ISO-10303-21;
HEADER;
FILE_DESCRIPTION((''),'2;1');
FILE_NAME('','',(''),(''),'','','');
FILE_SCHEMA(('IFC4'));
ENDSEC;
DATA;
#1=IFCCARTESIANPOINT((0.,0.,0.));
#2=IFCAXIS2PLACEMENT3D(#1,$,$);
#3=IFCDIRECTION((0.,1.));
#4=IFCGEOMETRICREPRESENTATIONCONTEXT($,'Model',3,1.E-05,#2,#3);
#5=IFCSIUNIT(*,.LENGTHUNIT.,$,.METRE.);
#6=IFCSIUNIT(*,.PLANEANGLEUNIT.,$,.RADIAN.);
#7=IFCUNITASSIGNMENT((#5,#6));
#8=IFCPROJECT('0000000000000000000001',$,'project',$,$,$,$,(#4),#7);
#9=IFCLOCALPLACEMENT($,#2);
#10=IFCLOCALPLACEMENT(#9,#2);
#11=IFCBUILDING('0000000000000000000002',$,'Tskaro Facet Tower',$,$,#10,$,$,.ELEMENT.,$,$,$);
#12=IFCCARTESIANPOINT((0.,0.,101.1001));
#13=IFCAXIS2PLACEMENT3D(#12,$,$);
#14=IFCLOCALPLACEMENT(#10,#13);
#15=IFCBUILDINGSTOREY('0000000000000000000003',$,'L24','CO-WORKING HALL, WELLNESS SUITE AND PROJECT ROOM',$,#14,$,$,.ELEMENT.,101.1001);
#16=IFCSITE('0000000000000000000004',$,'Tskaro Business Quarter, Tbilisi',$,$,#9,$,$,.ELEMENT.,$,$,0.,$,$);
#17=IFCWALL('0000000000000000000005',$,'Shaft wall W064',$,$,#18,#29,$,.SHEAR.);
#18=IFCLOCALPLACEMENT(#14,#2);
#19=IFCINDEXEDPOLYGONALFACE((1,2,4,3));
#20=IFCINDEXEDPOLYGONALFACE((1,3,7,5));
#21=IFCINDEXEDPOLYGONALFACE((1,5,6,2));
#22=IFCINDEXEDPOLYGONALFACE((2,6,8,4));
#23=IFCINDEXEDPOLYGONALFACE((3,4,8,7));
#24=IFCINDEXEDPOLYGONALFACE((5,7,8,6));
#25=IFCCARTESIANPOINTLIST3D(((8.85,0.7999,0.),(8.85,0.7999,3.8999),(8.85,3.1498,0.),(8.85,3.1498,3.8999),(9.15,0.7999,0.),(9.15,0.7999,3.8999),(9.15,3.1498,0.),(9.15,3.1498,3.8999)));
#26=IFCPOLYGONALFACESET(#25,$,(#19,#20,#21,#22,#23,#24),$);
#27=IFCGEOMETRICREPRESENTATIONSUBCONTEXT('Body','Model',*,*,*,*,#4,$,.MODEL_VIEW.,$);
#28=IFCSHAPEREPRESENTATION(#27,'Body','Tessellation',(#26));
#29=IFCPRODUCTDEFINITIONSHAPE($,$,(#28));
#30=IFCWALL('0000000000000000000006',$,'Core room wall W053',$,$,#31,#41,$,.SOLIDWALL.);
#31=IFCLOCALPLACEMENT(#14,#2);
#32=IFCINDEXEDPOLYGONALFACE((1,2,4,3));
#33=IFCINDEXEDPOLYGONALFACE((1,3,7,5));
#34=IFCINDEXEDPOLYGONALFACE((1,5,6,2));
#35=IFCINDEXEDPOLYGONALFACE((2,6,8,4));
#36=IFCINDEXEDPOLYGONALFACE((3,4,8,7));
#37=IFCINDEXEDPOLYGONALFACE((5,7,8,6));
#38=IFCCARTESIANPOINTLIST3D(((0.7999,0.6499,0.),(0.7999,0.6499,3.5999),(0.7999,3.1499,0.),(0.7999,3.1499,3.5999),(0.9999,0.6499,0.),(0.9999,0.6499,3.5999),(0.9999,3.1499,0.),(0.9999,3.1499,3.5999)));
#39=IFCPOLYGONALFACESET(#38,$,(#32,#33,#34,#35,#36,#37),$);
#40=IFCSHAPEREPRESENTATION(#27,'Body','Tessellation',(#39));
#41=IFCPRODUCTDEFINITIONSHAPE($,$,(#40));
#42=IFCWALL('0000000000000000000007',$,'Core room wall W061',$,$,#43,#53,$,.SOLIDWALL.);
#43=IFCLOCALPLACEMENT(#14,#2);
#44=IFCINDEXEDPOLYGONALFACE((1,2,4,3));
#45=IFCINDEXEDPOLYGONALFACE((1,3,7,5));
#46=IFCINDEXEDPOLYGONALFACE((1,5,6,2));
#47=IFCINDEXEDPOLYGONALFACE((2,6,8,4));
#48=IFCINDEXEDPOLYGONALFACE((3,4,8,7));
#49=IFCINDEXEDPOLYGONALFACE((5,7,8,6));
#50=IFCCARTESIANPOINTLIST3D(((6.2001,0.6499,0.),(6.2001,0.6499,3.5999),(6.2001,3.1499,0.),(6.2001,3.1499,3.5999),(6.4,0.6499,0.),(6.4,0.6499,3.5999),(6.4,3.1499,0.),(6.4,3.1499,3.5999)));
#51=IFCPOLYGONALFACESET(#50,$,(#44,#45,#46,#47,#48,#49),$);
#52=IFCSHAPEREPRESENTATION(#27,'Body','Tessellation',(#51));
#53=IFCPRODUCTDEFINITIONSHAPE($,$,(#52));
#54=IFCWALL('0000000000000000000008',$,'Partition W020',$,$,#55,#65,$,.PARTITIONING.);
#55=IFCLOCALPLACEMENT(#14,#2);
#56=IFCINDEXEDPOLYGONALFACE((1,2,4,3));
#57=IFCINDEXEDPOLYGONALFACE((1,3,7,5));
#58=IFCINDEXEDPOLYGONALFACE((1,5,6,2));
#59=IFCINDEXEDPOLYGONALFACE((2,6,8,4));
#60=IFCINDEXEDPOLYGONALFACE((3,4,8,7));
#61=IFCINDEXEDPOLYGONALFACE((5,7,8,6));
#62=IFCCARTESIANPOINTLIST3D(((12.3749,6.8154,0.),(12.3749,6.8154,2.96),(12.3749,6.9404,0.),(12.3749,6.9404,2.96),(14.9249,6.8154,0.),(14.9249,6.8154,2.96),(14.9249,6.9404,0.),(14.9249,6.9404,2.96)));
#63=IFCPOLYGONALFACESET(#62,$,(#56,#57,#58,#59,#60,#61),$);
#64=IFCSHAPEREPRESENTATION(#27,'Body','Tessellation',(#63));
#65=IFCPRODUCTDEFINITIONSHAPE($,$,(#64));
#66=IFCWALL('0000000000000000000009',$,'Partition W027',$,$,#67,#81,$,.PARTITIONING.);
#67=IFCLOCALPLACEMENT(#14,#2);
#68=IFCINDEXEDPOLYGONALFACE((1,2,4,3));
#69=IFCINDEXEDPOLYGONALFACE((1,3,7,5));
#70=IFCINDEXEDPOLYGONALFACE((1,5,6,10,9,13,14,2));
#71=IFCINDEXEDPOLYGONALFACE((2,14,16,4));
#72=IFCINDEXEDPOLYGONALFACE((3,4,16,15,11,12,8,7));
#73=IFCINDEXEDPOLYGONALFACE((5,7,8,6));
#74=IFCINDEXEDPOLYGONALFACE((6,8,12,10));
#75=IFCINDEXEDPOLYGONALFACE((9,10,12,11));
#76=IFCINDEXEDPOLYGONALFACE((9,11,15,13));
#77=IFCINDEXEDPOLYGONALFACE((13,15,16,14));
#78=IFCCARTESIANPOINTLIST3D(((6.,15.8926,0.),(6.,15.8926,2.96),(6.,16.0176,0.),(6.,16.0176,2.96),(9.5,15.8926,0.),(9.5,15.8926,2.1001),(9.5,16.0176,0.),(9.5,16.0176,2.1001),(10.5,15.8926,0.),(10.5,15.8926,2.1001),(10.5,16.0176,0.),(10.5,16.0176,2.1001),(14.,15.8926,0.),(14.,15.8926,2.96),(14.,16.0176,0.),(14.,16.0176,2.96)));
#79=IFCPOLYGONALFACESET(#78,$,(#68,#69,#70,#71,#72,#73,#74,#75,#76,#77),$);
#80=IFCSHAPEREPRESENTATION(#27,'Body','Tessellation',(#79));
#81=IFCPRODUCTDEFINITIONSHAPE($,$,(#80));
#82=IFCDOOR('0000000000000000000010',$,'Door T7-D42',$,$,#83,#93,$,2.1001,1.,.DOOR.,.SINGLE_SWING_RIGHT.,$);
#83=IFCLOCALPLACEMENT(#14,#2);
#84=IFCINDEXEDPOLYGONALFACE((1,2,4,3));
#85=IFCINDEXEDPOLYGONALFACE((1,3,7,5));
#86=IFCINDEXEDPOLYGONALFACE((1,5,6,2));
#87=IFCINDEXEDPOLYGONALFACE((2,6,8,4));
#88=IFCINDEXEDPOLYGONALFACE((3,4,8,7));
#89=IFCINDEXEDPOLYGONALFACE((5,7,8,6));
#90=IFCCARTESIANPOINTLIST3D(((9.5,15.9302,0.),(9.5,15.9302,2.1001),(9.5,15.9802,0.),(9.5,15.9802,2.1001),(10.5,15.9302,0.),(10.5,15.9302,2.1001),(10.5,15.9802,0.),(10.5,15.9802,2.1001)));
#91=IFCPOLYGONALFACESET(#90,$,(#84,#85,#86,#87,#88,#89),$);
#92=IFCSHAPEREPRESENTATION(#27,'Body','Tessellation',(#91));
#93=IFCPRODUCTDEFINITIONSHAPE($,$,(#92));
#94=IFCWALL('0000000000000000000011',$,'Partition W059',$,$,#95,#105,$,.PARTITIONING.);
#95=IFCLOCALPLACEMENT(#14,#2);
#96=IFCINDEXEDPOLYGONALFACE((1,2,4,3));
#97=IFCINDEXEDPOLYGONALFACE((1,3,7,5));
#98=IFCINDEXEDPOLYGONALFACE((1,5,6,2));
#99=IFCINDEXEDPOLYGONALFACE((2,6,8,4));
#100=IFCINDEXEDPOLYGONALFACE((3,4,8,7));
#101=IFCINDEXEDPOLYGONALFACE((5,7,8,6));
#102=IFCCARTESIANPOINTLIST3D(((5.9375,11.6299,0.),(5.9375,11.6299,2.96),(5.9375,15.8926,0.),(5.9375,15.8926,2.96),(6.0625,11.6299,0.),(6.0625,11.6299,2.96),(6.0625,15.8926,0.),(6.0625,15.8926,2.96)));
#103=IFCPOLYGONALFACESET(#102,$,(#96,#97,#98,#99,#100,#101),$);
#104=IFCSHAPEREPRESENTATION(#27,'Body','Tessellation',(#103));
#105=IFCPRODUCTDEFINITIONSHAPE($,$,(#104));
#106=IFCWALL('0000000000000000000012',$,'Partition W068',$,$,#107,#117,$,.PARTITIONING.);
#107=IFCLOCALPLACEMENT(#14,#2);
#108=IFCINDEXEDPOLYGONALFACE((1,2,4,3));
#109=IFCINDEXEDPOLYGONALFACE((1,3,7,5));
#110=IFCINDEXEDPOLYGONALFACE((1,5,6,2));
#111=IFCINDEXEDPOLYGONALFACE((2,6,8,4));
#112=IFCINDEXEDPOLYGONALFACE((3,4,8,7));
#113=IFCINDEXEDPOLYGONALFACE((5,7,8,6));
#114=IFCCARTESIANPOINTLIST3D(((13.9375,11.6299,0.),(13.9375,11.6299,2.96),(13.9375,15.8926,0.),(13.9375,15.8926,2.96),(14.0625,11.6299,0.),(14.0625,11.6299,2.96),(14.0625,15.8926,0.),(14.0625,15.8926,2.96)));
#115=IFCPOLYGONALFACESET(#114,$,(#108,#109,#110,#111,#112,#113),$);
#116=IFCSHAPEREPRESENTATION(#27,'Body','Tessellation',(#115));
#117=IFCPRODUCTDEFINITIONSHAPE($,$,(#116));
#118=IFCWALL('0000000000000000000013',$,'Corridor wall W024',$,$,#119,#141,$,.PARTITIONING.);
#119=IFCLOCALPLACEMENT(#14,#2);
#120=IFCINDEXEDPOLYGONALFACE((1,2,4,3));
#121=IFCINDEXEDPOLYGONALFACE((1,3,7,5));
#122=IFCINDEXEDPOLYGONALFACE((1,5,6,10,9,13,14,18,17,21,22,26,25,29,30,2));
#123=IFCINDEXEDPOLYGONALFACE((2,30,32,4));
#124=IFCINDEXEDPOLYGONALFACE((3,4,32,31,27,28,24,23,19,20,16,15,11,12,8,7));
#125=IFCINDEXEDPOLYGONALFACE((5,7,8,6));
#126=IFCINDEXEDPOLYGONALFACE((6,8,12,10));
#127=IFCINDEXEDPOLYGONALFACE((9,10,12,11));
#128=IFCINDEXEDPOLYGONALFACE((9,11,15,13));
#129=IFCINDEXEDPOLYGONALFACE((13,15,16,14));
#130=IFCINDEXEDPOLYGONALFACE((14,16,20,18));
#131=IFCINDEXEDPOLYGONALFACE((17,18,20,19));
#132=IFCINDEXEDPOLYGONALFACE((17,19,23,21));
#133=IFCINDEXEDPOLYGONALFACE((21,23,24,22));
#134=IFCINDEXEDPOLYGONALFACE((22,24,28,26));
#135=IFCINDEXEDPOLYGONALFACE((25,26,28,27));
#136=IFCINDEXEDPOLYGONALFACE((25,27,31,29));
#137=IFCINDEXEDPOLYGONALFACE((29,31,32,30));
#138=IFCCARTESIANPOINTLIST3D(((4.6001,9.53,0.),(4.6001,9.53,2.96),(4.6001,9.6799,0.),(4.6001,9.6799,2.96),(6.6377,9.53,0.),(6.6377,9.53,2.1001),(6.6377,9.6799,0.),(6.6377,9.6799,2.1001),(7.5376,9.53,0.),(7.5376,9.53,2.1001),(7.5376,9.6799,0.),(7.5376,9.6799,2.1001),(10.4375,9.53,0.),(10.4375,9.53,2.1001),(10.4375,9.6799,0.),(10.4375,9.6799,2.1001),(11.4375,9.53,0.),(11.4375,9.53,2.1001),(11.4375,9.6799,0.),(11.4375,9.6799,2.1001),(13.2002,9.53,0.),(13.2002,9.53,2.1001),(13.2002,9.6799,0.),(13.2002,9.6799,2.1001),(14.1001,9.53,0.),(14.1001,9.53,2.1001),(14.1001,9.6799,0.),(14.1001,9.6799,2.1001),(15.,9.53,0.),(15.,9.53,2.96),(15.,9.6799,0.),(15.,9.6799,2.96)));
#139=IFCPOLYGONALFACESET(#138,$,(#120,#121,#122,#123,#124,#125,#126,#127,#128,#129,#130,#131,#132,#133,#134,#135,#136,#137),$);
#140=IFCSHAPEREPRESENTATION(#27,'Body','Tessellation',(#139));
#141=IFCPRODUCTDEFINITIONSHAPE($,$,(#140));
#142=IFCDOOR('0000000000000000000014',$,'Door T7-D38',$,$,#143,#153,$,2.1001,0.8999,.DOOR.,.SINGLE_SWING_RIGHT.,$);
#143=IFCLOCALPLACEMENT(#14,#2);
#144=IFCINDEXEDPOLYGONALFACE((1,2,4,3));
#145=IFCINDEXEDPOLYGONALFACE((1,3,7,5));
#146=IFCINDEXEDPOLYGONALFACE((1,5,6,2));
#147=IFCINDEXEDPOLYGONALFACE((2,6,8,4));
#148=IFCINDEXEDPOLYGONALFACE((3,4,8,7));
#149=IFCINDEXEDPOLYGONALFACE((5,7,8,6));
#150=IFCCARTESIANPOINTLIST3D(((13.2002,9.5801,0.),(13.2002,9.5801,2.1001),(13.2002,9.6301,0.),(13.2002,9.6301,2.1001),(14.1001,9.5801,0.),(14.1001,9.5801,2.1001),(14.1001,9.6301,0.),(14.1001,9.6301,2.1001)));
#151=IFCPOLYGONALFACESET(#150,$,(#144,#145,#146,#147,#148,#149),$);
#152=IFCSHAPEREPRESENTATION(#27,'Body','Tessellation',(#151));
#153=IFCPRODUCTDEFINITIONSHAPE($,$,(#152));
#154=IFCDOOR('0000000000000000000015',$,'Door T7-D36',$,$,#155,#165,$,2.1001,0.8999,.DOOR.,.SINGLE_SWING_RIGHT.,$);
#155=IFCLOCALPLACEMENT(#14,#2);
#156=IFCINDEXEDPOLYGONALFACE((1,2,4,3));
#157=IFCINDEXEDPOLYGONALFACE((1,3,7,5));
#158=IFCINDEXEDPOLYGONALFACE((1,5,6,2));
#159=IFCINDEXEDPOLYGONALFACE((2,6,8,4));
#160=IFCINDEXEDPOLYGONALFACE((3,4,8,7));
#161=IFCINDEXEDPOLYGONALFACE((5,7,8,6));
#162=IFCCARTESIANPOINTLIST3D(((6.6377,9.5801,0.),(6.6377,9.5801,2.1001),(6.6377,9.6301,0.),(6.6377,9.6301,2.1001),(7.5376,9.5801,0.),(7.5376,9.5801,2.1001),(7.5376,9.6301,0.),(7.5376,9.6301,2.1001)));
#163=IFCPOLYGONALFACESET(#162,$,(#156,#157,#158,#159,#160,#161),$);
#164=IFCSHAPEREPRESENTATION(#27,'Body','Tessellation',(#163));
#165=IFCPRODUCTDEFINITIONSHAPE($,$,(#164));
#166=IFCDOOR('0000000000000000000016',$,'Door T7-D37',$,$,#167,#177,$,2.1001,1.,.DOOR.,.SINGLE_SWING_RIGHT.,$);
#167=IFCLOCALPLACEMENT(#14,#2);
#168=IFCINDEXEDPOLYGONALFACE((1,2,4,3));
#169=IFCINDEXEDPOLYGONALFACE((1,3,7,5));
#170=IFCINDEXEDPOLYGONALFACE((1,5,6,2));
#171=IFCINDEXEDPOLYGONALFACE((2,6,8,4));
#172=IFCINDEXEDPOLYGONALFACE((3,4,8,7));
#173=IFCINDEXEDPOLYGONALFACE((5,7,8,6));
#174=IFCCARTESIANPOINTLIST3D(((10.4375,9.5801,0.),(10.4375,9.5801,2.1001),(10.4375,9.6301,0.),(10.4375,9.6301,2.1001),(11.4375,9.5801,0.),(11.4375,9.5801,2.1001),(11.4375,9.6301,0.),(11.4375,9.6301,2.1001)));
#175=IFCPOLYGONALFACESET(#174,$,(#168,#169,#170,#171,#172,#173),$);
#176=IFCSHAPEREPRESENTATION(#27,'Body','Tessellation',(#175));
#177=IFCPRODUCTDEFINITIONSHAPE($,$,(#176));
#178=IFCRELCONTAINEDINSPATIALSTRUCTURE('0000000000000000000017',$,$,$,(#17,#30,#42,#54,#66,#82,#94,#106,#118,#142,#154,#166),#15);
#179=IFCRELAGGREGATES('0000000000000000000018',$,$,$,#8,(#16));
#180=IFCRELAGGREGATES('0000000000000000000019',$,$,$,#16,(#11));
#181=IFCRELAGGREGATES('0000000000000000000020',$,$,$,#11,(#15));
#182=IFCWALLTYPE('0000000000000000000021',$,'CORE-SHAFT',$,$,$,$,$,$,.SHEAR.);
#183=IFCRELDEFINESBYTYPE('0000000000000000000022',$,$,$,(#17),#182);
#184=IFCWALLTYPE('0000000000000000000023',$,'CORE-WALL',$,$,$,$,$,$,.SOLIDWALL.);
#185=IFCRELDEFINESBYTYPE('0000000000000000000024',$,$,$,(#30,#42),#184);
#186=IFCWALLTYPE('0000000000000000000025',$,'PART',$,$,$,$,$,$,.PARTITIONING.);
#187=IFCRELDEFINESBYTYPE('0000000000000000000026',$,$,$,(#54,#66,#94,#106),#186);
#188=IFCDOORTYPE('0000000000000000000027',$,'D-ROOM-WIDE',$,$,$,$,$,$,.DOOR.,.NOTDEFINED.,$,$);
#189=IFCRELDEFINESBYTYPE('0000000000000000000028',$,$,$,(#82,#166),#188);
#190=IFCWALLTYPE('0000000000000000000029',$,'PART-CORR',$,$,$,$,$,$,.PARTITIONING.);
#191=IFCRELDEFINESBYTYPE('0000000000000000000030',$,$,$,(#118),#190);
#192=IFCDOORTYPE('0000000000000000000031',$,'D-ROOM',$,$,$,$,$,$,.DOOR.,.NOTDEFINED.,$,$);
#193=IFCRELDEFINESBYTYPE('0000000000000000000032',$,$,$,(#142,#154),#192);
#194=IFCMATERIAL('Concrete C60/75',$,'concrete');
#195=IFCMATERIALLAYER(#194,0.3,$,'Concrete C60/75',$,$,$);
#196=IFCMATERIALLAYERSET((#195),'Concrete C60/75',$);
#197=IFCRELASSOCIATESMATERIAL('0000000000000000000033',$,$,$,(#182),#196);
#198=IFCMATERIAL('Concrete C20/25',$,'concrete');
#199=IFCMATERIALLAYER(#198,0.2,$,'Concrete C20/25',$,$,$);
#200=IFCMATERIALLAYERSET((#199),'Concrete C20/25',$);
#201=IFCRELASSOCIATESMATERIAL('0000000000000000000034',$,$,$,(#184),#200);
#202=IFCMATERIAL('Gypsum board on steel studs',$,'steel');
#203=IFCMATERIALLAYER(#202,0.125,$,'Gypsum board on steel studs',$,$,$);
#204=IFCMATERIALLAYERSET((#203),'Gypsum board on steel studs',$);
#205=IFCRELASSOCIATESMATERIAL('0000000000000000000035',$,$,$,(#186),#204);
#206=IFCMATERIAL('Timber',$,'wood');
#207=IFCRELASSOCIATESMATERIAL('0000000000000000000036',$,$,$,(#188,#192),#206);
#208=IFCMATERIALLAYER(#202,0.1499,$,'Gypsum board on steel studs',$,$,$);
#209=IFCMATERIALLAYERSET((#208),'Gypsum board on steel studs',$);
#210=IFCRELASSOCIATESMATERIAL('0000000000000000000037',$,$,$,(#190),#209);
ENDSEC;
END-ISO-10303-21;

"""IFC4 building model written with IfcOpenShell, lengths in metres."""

from ifc_helpers import new_model, si_unit, direction, frame, frame_2d, origin, place, context, subcontext, project, spatial, rectangle, extrude, material, layer, layer_set, type_object, element, fill, save


model = new_model("IFC4")

# Units and contexts
model_context = context("Model", 3, precision=1e-05, world=origin(), true_north=direction((0.0, 1.0)))
body_context = subcontext(model_context, "Body", "Model", "MODEL_VIEW")
ifc_project = project(units=[si_unit("LENGTHUNIT", "METRE"), si_unit("PLANEANGLEUNIT", "RADIAN")], contexts=[model_context])

# Site, building, storey
site_placement = place(None, origin())
site = spatial("IfcSite", under=ifc_project, at=site_placement, Name="Tskaro Business Quarter, Tbilisi", CompositionType="ELEMENT", RefElevation=0.0)
building_placement = place(site_placement, origin())
building = spatial("IfcBuilding", under=site, at=building_placement, Name="Tskaro Facet Tower", CompositionType="ELEMENT")
storey_placement = place(building_placement, frame((0.0, 0.0, 101.1001)))
storey = spatial("IfcBuildingStorey", under=building, at=storey_placement, Name="L24", Description="CO-WORKING HALL, WELLNESS SUITE AND PROJECT ROOM", CompositionType="ELEMENT", Elevation=101.1001)

# Walls
ifc_material_1 = material(Name="Concrete C60/75", Category="concrete")
ifc_layer_1 = layer(ifc_material_1, 0.3, Name="Concrete C60/75")
ifc_layer_set_1 = layer_set([ifc_layer_1], Name="Concrete C60/75")
wall_type_1 = type_object("IfcWallType", Name="CORE-SHAFT", PredefinedType="SHEAR", material=ifc_layer_set_1)
wall_1_placement = place(storey_placement, frame((9.0, 0.8, 0.0), z_axis=(0.0, 0.0, 1.0), x_axis=(0.0, 1.0, 0.0)))
element("IfcWall", 1, at=wall_1_placement, inside=storey, type_object=wall_type_1, Name="Shaft wall W064", PredefinedType="SHEAR", context=body_context, shape_type="SweptSolid", body=[
    extrude(rectangle(XDim=2.3499, YDim=0.3, at=frame_2d((1.1748, 0.0))), origin(), (0.0, 0.0, 1.0), 3.8999),
])
ifc_material_2 = material(Name="Concrete C20/25", Category="concrete")
ifc_layer_2 = layer(ifc_material_2, 0.2, Name="Concrete C20/25")
ifc_layer_set_2 = layer_set([ifc_layer_2], Name="Concrete C20/25")
wall_type_2 = type_object("IfcWallType", Name="CORE-WALL", PredefinedType="SOLIDWALL", material=ifc_layer_set_2)
for number, where, z_axis, x_axis, name in (
    (2, (0.8999, 0.6499, 0.0), (0.0, 0.0, 1.0), (0.0, 1.0, 0.0), "Core room wall W053"),
    (3, (6.3, 0.6499, 0.0), (0.0, 0.0, 1.0), (0.0, 1.0, 0.0), "Core room wall W061"),
):
    element("IfcWall", number, at=place(storey_placement, frame(where, z_axis=z_axis, x_axis=x_axis)), inside=storey, type_object=wall_type_2, Name=name, PredefinedType="SOLIDWALL", context=body_context, shape_type="SweptSolid", body=[
        extrude(rectangle(XDim=2.5, YDim=0.2, at=frame_2d((1.25, 0.0))), origin(), (0.0, 0.0, 1.0), 3.5999),
    ])
ifc_material_3 = material(Name="Gypsum board on steel studs", Category="steel")
ifc_layer_3 = layer(ifc_material_3, 0.125, Name="Gypsum board on steel studs")
ifc_layer_set_3 = layer_set([ifc_layer_3], Name="Gypsum board on steel studs")
wall_type_3 = type_object("IfcWallType", Name="PART", PredefinedType="PARTITIONING", material=ifc_layer_set_3)
wall_2_placement = place(storey_placement, frame((12.375, 6.8779, 0.0), z_axis=(0.0, 0.0, 1.0), x_axis=(1.0, 0.0, 0.0)))
element("IfcWall", 4, at=wall_2_placement, inside=storey, type_object=wall_type_3, Name="Partition W020", PredefinedType="PARTITIONING", context=body_context, shape_type="SweptSolid", body=[
    extrude(rectangle(XDim=2.55, YDim=0.125, at=frame_2d((1.2749, 0.0))), origin(), (0.0, 0.0, 1.0), 2.96),
])

# Wall, opening, door
wall_3_placement = place(storey_placement, frame((14.0, 15.9551, 0.0), z_axis=(0.0, 0.0, 1.0), x_axis=(-1.0, 0.0, 0.0)))
wall_3 = element("IfcWall", 5, at=wall_3_placement, inside=storey, type_object=wall_type_3, Name="Partition W027", PredefinedType="PARTITIONING", context=body_context, shape_type="SweptSolid", body=[
    extrude(rectangle(XDim=8.0, YDim=0.125, at=frame_2d((4.0, 0.0))), origin(), (0.0, 0.0, 1.0), 2.96),
])
opening_1_placement = place(wall_3_placement, frame((3.5, 0.0, 0.0)))
opening_1 = element("IfcOpeningElement", 6, at=opening_1_placement, cuts=wall_3, PredefinedType="OPENING", context=body_context, shape_type="SweptSolid", body=[
    extrude(rectangle(XDim=1.0, YDim=2.1001, at=frame_2d((0.5, 1.05))), frame((0.0, 0.0725, 0.0), z_axis=(0.0, -1.0, 0.0), x_axis=(1.0, 0.0, 0.0)), (0.0, 0.0, 1.0), 0.145),
])
ifc_material_4 = material(Name="Timber", Category="wood")
door_type_1 = type_object("IfcDoorType", Name="D-ROOM-WIDE", OperationType="NOTDEFINED", PredefinedType="DOOR", material=ifc_material_4)
door_1_placement = place(opening_1_placement, origin())
door_1 = element("IfcDoor", 7, at=door_1_placement, inside=storey, type_object=door_type_1, Name="Door T7-D42", OperationType="SINGLE_SWING_RIGHT", OverallHeight=2.1001, OverallWidth=1.0, PredefinedType="DOOR", context=body_context, shape_type="SweptSolid", body=[
    extrude(rectangle(XDim=1.0, YDim=2.1001, at=frame_2d((0.5, 1.05))), frame((0.0, 0.0249, 0.0), z_axis=(0.0, -1.0, 0.0), x_axis=(1.0, 0.0, 0.0)), (0.0, 0.0, 1.0), 0.05),
])
fill(opening_1, door_1)

# Walls
for number, where, z_axis, x_axis, name in (
    (8, (6.0, 11.6299, 0.0), (0.0, 0.0, 1.0), (0.0, 1.0, 0.0), "Partition W059"),
    (9, (14.0, 11.6299, 0.0), (0.0, 0.0, 1.0), (0.0, 1.0, 0.0), "Partition W068"),
):
    element("IfcWall", number, at=place(storey_placement, frame(where, z_axis=z_axis, x_axis=x_axis)), inside=storey, type_object=wall_type_3, Name=name, PredefinedType="PARTITIONING", context=body_context, shape_type="SweptSolid", body=[
        extrude(rectangle(XDim=4.2627, YDim=0.125, at=frame_2d((2.1313, 0.0))), origin(), (0.0, 0.0, 1.0), 2.96),
    ])

# Wall, openings, doors
ifc_layer_4 = layer(ifc_material_3, 0.1499, Name="Gypsum board on steel studs")
ifc_layer_set_4 = layer_set([ifc_layer_4], Name="Gypsum board on steel studs")
wall_type_4 = type_object("IfcWallType", Name="PART-CORR", PredefinedType="PARTITIONING", material=ifc_layer_set_4)
wall_4_placement = place(storey_placement, frame((15.0, 9.605, 0.0), z_axis=(0.0, 0.0, 1.0), x_axis=(-1.0, 0.0, 0.0)))
wall_4 = element("IfcWall", 10, at=wall_4_placement, inside=storey, type_object=wall_type_4, Name="Corridor wall W024", PredefinedType="PARTITIONING", context=body_context, shape_type="SweptSolid", body=[
    extrude(rectangle(XDim=10.3999, YDim=0.1499, at=frame_2d((5.2, 0.0))), origin(), (0.0, 0.0, 1.0), 2.96),
])
opening_2_placement = place(wall_4_placement, frame((0.8999, 0.0, 0.0)))
opening_2 = element("IfcOpeningElement", 11, at=opening_2_placement, cuts=wall_4, PredefinedType="OPENING", context=body_context, shape_type="SweptSolid", body=[
    extrude(rectangle(XDim=0.8999, YDim=2.1001, at=frame_2d((0.45, 1.05))), frame((0.0, 0.085, 0.0), z_axis=(0.0, -1.0, 0.0), x_axis=(1.0, 0.0, 0.0)), (0.0, 0.0, 1.0), 0.1699),
])
opening_3_placement = place(wall_4_placement, frame((7.4624, 0.0, 0.0)))
opening_3 = element("IfcOpeningElement", 12, at=opening_3_placement, cuts=wall_4, PredefinedType="OPENING", context=body_context, shape_type="SweptSolid", body=[
    extrude(rectangle(XDim=0.8999, YDim=2.1001, at=frame_2d((0.45, 1.05))), frame((0.0, 0.085, 0.0), z_axis=(0.0, -1.0, 0.0), x_axis=(1.0, 0.0, 0.0)), (0.0, 0.0, 1.0), 0.1699),
])
opening_4_placement = place(wall_4_placement, frame((3.5625, 0.0, 0.0)))
opening_4 = element("IfcOpeningElement", 13, at=opening_4_placement, cuts=wall_4, PredefinedType="OPENING", context=body_context, shape_type="SweptSolid", body=[
    extrude(rectangle(XDim=1.0, YDim=2.1001, at=frame_2d((0.5, 1.05))), frame((0.0, 0.085, 0.0), z_axis=(0.0, -1.0, 0.0), x_axis=(1.0, 0.0, 0.0)), (0.0, 0.0, 1.0), 0.1699),
])
door_type_2 = type_object("IfcDoorType", Name="D-ROOM", OperationType="NOTDEFINED", PredefinedType="DOOR", material=ifc_material_4)
door_2_placement = place(opening_2_placement, origin())
door_2 = element("IfcDoor", 14, at=door_2_placement, inside=storey, type_object=door_type_2, Name="Door T7-D38", OperationType="SINGLE_SWING_RIGHT", OverallHeight=2.1001, OverallWidth=0.8999, PredefinedType="DOOR", context=body_context, shape_type="SweptSolid", body=[
    extrude(rectangle(XDim=0.8999, YDim=2.1001, at=frame_2d((0.45, 1.05))), frame((0.0, 0.0249, 0.0), z_axis=(0.0, -1.0, 0.0), x_axis=(1.0, 0.0, 0.0)), (0.0, 0.0, 1.0), 0.05),
])
fill(opening_2, door_2)
door_3_placement = place(opening_3_placement, origin())
door_3 = element("IfcDoor", 15, at=door_3_placement, inside=storey, type_object=door_type_2, Name="Door T7-D36", OperationType="SINGLE_SWING_RIGHT", OverallHeight=2.1001, OverallWidth=0.8999, PredefinedType="DOOR", context=body_context, shape_type="SweptSolid", body=[
    extrude(rectangle(XDim=0.8999, YDim=2.1001, at=frame_2d((0.45, 1.05))), frame((0.0, 0.0249, 0.0), z_axis=(0.0, -1.0, 0.0), x_axis=(1.0, 0.0, 0.0)), (0.0, 0.0, 1.0), 0.05),
])
fill(opening_3, door_3)
door_4_placement = place(opening_4_placement, origin())
door_4 = element("IfcDoor", 16, at=door_4_placement, inside=storey, type_object=door_type_1, Name="Door T7-D37", OperationType="SINGLE_SWING_RIGHT", OverallHeight=2.1001, OverallWidth=1.0, PredefinedType="DOOR", context=body_context, shape_type="SweptSolid", body=[
    extrude(rectangle(XDim=1.0, YDim=2.1001, at=frame_2d((0.5, 1.05))), frame((0.0, 0.0249, 0.0), z_axis=(0.0, -1.0, 0.0), x_axis=(1.0, 0.0, 0.0)), (0.0, 0.0, 1.0), 0.05),
])
fill(opening_4, door_4)

save(model, "model.ifc")
